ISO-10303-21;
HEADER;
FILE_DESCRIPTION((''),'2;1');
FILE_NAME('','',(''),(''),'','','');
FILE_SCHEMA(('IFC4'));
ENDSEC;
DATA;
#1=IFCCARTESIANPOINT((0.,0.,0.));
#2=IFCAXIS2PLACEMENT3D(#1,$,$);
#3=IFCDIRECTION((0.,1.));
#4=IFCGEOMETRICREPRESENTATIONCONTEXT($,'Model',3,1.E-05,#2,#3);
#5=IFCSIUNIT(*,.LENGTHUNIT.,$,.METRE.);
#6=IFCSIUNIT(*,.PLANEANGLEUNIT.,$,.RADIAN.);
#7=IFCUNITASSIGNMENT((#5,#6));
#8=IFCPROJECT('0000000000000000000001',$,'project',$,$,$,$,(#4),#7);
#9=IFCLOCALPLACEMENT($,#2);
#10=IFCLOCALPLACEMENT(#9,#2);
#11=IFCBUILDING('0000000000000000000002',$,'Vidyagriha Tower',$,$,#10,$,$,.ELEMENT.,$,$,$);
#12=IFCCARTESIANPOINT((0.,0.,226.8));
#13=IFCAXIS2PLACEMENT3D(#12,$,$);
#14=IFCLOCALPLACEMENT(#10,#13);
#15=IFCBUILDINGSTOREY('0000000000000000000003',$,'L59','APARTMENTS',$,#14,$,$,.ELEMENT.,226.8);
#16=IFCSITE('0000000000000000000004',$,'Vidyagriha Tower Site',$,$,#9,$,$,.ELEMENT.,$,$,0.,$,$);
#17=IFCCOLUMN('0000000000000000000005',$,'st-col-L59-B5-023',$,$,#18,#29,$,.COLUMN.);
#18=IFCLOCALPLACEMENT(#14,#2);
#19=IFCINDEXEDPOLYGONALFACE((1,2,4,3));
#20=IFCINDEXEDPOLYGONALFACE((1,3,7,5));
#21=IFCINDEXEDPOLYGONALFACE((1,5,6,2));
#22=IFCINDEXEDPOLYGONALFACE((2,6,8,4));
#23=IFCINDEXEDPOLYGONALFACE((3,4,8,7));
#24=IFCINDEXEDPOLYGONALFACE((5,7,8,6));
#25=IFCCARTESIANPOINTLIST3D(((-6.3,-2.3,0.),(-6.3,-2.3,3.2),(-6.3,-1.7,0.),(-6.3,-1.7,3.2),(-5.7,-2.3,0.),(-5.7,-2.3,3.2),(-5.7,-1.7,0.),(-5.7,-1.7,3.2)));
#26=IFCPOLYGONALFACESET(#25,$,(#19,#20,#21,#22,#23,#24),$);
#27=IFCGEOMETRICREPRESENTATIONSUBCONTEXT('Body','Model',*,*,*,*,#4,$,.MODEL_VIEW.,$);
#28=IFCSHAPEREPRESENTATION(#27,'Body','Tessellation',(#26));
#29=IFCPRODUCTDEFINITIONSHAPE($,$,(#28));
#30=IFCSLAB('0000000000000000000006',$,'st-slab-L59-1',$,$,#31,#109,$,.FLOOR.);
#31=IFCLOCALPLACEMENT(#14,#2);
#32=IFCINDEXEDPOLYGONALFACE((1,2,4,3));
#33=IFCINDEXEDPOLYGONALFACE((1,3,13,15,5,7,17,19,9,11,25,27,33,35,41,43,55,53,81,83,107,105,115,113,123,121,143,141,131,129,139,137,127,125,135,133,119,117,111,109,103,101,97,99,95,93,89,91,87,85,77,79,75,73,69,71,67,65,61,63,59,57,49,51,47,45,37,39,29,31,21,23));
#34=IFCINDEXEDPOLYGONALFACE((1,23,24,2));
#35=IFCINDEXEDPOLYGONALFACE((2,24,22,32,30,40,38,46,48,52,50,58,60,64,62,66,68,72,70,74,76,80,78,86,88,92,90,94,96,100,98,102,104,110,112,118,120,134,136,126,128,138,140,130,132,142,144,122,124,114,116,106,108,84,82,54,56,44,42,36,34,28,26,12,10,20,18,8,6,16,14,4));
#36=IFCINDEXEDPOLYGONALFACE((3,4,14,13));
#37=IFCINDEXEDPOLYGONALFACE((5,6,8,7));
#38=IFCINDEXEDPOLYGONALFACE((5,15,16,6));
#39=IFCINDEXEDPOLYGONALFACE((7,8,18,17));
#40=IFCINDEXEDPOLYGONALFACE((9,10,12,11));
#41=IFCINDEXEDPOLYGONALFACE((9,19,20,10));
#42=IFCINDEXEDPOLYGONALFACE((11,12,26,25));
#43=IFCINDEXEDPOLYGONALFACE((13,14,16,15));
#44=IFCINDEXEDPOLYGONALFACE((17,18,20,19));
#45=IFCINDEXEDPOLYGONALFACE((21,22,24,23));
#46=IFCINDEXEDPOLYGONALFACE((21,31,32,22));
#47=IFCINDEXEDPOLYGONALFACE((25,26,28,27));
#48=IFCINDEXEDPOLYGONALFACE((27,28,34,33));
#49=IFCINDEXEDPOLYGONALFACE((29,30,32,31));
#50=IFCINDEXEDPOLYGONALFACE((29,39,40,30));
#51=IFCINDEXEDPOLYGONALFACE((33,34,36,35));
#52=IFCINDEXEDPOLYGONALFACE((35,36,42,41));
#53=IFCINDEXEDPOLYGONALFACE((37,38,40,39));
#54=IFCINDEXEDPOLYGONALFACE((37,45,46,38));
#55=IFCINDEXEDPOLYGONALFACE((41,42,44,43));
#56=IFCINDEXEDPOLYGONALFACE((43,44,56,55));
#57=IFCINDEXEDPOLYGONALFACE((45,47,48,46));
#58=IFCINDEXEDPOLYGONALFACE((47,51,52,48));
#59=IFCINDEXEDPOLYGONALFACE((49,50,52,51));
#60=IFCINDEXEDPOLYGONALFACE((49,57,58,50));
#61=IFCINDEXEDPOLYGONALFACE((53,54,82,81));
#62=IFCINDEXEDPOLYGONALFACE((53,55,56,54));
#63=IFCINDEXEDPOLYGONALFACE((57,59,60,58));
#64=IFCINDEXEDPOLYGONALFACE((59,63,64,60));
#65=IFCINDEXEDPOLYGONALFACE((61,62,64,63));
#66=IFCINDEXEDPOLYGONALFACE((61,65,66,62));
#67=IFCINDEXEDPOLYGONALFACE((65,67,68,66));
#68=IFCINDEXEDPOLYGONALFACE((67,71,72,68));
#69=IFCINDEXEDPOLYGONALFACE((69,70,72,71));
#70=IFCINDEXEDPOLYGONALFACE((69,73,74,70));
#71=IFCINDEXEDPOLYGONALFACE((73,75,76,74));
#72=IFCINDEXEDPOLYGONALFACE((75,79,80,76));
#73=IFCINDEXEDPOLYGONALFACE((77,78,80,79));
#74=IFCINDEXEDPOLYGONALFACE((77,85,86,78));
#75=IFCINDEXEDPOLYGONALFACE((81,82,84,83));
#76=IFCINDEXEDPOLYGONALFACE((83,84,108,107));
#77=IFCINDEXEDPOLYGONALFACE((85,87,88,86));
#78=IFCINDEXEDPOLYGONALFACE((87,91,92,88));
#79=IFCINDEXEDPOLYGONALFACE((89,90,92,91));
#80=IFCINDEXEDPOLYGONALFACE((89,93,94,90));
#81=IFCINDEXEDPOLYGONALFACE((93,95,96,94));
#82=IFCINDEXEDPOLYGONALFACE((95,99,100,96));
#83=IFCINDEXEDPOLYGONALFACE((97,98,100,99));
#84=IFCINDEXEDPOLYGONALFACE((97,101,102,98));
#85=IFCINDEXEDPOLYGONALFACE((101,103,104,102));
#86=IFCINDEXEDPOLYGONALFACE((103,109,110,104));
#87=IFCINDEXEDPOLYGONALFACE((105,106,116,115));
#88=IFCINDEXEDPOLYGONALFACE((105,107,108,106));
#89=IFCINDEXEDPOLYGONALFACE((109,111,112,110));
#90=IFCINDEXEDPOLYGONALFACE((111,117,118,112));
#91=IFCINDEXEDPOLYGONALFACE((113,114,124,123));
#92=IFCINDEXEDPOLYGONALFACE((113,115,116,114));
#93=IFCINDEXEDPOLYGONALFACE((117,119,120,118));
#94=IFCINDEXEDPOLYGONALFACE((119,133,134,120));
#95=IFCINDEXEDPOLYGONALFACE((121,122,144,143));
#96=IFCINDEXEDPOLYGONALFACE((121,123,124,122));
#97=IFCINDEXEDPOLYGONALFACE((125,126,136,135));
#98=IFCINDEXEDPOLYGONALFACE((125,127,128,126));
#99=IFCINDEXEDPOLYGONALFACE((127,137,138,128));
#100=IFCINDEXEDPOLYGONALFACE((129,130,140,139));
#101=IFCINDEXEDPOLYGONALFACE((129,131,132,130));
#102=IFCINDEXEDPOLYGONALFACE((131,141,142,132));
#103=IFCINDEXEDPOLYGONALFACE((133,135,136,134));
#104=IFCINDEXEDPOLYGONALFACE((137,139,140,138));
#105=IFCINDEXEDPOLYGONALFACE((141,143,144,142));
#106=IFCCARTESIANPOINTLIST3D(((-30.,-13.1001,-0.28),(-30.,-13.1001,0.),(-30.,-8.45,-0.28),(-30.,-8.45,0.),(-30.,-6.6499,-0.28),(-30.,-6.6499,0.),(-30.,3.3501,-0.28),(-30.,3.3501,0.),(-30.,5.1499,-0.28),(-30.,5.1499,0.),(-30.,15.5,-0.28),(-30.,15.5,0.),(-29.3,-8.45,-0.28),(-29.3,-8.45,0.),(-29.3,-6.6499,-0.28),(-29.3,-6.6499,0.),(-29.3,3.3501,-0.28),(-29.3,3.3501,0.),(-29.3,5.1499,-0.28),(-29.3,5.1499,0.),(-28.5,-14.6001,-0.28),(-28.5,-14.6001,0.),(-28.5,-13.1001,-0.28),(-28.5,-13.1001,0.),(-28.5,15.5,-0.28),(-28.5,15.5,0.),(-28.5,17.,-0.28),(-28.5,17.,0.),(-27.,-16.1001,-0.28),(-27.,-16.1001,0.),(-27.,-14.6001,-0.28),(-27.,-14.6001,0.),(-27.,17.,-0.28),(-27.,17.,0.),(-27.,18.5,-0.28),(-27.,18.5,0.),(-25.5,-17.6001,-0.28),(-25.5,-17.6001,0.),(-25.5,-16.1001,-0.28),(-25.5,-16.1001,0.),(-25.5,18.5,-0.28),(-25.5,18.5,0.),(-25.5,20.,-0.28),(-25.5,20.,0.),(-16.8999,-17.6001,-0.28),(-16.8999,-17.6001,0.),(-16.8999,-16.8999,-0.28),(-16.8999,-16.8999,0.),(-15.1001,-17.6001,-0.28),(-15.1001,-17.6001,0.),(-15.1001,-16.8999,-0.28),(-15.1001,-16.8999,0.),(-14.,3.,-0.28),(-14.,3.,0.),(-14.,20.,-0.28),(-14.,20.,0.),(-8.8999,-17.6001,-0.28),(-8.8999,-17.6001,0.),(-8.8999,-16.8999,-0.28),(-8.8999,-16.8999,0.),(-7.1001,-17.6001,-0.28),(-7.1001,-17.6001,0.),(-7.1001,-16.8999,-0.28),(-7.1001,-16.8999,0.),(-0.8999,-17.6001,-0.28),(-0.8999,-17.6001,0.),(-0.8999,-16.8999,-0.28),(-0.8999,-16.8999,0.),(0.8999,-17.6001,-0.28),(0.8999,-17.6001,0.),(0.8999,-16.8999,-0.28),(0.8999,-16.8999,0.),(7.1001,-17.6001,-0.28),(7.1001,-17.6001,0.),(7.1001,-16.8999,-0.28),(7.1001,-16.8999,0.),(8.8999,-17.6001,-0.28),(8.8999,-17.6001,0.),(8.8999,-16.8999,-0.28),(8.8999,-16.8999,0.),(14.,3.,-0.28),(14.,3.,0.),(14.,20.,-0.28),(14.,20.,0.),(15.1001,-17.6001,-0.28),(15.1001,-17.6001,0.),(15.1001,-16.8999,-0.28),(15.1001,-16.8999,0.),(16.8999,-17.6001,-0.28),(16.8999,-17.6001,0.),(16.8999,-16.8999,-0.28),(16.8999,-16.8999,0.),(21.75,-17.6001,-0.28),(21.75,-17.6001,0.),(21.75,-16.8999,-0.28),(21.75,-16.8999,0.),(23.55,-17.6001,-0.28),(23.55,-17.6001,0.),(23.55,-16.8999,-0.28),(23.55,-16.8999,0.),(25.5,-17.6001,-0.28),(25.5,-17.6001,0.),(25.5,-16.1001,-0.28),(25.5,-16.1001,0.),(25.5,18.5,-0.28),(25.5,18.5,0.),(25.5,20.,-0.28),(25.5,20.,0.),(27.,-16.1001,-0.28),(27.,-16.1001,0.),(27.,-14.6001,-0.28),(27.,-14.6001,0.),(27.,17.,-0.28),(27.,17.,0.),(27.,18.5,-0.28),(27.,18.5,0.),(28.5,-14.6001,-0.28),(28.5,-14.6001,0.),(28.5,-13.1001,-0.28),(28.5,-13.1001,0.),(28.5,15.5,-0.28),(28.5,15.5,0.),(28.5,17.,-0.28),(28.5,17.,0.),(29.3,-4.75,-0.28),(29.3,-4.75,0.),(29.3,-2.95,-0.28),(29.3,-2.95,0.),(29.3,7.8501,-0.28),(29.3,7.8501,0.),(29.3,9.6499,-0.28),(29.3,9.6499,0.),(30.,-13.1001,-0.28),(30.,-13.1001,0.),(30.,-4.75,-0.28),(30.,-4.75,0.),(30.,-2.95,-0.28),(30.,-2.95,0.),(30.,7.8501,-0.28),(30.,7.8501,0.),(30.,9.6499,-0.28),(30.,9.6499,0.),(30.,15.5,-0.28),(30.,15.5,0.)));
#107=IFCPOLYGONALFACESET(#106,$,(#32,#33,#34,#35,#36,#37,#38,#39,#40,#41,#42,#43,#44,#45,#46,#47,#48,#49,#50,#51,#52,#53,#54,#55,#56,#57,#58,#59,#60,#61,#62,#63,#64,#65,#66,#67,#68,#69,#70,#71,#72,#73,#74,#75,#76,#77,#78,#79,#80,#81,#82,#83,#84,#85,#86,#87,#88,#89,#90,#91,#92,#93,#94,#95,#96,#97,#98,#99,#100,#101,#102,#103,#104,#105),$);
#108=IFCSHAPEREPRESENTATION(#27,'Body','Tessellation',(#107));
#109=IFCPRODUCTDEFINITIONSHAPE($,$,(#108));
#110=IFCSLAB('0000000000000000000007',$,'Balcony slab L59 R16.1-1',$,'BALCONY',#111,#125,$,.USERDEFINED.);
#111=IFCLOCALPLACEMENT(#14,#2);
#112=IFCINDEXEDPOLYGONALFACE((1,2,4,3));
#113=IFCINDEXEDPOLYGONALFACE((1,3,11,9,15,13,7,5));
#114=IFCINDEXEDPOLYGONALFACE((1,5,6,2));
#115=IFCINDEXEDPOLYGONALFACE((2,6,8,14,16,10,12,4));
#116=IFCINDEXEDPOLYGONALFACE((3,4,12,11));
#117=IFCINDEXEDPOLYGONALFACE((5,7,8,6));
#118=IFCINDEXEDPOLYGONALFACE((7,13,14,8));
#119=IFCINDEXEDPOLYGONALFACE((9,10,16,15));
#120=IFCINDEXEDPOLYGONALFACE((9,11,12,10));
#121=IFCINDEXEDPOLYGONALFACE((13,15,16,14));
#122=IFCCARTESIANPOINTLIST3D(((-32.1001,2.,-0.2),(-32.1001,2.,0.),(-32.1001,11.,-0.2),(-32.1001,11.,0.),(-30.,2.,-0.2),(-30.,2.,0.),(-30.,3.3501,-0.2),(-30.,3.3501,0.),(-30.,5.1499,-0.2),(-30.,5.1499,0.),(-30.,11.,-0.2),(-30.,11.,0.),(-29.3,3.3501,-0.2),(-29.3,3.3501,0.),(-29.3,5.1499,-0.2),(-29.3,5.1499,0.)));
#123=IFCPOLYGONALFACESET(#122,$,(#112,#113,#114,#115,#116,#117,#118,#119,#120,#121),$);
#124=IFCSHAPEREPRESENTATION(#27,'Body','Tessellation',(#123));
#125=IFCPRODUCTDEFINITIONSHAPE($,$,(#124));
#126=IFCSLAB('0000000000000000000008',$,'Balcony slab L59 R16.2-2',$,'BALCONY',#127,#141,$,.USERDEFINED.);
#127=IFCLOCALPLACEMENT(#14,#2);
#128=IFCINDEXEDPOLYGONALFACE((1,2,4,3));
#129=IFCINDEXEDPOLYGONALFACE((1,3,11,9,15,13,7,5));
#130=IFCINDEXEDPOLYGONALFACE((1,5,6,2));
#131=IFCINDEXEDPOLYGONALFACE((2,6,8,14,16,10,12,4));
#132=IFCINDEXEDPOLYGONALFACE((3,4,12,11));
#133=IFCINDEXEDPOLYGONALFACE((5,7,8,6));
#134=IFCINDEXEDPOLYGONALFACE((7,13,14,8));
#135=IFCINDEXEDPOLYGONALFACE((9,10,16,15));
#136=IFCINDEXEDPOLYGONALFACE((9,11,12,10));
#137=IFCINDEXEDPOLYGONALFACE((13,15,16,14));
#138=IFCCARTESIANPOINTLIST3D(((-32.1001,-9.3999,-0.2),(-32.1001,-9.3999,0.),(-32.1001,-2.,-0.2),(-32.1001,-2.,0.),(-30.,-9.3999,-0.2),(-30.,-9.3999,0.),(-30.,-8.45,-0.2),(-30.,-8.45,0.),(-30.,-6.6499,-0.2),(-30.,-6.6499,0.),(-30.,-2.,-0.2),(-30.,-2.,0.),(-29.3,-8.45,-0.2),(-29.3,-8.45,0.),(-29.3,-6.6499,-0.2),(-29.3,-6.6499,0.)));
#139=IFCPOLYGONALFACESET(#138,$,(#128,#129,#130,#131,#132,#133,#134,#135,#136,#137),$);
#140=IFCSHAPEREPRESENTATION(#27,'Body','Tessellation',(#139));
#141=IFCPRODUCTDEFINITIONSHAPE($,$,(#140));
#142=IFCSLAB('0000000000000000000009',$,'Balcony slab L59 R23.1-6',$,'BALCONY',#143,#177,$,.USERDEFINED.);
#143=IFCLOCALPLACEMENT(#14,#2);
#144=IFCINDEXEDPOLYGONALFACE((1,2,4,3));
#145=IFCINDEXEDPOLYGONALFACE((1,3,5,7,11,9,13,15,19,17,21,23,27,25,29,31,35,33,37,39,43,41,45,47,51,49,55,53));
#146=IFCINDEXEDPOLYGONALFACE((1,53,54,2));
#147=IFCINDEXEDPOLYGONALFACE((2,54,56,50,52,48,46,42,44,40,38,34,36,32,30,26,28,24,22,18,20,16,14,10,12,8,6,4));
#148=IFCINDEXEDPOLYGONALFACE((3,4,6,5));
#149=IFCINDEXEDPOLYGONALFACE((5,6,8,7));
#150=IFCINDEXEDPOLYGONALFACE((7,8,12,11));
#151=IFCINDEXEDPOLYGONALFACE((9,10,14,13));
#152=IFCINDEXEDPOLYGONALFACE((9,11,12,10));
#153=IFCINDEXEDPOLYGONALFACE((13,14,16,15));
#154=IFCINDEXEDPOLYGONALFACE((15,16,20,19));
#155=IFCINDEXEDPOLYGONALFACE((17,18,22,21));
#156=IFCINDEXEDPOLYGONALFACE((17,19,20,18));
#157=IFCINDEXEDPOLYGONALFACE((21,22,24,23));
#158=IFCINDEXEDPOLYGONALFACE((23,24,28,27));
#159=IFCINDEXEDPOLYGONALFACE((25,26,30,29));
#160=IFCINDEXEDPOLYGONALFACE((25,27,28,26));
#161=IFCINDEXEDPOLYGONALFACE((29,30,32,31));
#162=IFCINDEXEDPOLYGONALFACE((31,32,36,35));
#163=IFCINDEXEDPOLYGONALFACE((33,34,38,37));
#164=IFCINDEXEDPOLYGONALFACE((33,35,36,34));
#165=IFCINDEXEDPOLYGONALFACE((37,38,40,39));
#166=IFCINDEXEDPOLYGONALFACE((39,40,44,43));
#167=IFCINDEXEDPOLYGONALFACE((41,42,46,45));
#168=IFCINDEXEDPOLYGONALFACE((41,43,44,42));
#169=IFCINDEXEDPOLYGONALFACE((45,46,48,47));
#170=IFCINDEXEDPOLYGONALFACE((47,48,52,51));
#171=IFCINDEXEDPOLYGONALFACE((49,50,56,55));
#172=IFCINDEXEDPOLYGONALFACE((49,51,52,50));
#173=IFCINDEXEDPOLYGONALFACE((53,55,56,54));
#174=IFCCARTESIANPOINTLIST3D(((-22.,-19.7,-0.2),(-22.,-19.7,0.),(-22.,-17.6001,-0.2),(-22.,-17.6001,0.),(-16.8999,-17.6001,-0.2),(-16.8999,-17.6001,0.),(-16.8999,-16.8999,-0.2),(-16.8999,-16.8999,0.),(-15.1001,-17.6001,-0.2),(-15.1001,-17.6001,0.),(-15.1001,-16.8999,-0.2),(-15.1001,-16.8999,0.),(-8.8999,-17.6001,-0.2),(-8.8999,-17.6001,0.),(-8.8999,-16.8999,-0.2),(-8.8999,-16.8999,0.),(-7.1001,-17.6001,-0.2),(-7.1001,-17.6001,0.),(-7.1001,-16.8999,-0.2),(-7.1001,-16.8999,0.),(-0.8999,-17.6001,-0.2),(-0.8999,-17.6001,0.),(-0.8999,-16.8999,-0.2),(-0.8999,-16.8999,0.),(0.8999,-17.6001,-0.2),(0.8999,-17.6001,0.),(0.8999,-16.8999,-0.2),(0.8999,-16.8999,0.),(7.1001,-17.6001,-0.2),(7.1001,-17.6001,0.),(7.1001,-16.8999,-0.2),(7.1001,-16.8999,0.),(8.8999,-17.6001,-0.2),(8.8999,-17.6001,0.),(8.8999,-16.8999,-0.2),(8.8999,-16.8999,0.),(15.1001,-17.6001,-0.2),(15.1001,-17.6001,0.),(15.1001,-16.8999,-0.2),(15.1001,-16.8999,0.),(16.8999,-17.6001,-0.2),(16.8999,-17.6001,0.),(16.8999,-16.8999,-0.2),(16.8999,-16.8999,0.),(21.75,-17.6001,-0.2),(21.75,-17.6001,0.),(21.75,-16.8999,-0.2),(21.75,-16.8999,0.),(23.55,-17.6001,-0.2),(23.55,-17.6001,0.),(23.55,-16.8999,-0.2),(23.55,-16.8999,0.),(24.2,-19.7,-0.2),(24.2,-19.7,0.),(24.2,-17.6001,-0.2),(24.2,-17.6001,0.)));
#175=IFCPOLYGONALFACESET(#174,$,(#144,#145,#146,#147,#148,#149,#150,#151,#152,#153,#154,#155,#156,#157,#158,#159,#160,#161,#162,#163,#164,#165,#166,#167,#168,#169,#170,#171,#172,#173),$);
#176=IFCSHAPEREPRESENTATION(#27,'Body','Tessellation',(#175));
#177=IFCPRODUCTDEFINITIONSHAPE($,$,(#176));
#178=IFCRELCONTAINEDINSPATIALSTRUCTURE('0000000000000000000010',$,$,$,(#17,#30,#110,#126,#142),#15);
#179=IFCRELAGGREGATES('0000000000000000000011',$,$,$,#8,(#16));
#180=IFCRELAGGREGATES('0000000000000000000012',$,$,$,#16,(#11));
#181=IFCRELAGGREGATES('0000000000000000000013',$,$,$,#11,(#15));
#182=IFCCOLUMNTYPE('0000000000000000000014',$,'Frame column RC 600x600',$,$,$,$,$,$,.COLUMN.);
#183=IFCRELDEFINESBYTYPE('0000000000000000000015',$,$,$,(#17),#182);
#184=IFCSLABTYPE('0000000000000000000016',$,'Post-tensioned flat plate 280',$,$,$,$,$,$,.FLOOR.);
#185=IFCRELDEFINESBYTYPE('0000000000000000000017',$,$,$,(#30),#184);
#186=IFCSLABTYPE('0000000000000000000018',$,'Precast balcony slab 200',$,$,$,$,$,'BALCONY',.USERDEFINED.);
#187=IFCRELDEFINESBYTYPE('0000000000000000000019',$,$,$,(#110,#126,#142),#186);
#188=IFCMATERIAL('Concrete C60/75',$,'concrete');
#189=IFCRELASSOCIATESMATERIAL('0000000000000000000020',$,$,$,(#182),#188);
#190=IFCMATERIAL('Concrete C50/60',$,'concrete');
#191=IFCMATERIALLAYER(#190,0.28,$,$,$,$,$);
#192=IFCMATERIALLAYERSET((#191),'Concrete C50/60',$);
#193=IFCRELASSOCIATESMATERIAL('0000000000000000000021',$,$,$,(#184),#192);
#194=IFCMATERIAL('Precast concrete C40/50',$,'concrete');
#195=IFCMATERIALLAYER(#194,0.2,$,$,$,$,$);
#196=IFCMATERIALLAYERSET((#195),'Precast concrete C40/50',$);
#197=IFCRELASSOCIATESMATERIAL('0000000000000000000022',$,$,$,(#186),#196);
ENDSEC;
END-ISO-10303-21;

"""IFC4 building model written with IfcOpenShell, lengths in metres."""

from ifc_helpers import new_model, si_unit, direction, frame, origin, origin_2d, place, context, subcontext, project, spatial, polyline, rectangle, outline, extrude, material, layer, layer_set, material_profile, profile_set, type_object, element, save


model = new_model("IFC4")

# Units and contexts
model_context = context("Model", 3, precision=1e-05, world=origin(), true_north=direction((0.0, 1.0)))
body_context = subcontext(model_context, "Body", "Model", "MODEL_VIEW")
ifc_project = project(units=[si_unit("LENGTHUNIT", "METRE"), si_unit("PLANEANGLEUNIT", "RADIAN")], contexts=[model_context])

# Site, building, storey
site_placement = place(None, origin())
site = spatial("IfcSite", under=ifc_project, at=site_placement, Name="Vidyagriha Tower Site", CompositionType="ELEMENT", RefElevation=0.0)
building_placement = place(site_placement, origin())
building = spatial("IfcBuilding", under=site, at=building_placement, Name="Vidyagriha Tower", CompositionType="ELEMENT")
storey_placement = place(building_placement, frame((0.0, 0.0, 226.8)))
storey = spatial("IfcBuildingStorey", under=building, at=storey_placement, Name="L59", Description="APARTMENTS", CompositionType="ELEMENT", Elevation=226.8)

# Column
ifc_material_1 = material(Name="Concrete C60/75", Category="concrete")
ifc_material_profile = material_profile(ifc_material_1, rectangle(XDim=0.6001, YDim=0.6001, at=origin_2d()), Name="RC 600x600")
ifc_profile_set = profile_set([ifc_material_profile], Name="Concrete C60/75")
column_type = type_object("IfcColumnType", Name="Frame column RC 600x600", PredefinedType="COLUMN", material=ifc_profile_set)
column_placement = place(storey_placement, frame((-6.0, -2.0, 0.0)))
element("IfcColumn", 1, at=column_placement, inside=storey, type_object=column_type, Name="st-col-L59-B5-023", PredefinedType="COLUMN", context=body_context, shape_type="SweptSolid", body=[
    extrude(rectangle(XDim=0.6001, YDim=0.6001, at=origin_2d()), origin(), (0.0, 0.0, 1.0), 3.2),
])

# Slabs
ifc_material_2 = material(Name="Concrete C50/60", Category="concrete")
ifc_layer_1 = layer(ifc_material_2, 0.28)
ifc_layer_set_1 = layer_set([ifc_layer_1], Name="Concrete C50/60")
slab_type_1 = type_object("IfcSlabType", Name="Post-tensioned flat plate 280", PredefinedType="FLOOR", material=ifc_layer_set_1)
slab_1_placement = place(storey_placement, frame((0.0, 0.0, -0.28)))
element("IfcSlab", 2, at=slab_1_placement, inside=storey, type_object=slab_type_1, Name="st-slab-L59-1", PredefinedType="FLOOR", context=body_context, shape_type="SweptSolid", body=[
    extrude(outline(polyline([(28.5, -14.6001), (27.0, -14.6001), (27.0, -16.1001), (25.5, -16.1001), (25.5, -17.6001), (23.55, -17.6001), (23.55, -16.8999), (21.75, -16.8999), (21.75, -17.6001), (16.8999, -17.6001), (16.8999, -16.8999), (15.1001, -16.8999), (15.1001, -17.6001), (8.8999, -17.6001), (8.8999, -16.8999), (7.1001, -16.8999), (7.1001, -17.6001), (0.8999, -17.6001), (0.8999, -16.8999), (-0.8999, -16.8999), (-0.8999, -17.6001), (-7.1001, -17.6001), (-7.1001, -16.8999), (-8.8999, -16.8999), (-8.8999, -17.6001), (-15.1001, -17.6001), (-15.1001, -16.8999), (-16.8999, -16.8999), (-16.8999, -17.6001), (-25.5, -17.6001), (-25.5, -16.1001), (-27.0, -16.1001), (-27.0, -14.6001), (-28.5, -14.6001), (-28.5, -13.1001), (-30.0, -13.1001), (-30.0, -8.45), (-29.3, -8.45), (-29.3, -6.6499), (-30.0, -6.6499), (-30.0, 3.3501), (-29.3, 3.3501), (-29.3, 5.1499), (-30.0, 5.1499), (-30.0, 15.5), (-28.5, 15.5), (-28.5, 17.0), (-27.0, 17.0), (-27.0, 18.5), (-25.5, 18.5), (-25.5, 20.0), (-14.0, 20.0), (-14.0, 3.0), (14.0, 3.0), (14.0, 20.0), (25.5, 20.0), (25.5, 18.5), (27.0, 18.5), (27.0, 17.0), (28.5, 17.0), (28.5, 15.5), (30.0, 15.5), (30.0, 9.6499), (29.3, 9.6499), (29.3, 7.8501), (30.0, 7.8501), (30.0, -2.95), (29.3, -2.95), (29.3, -4.75), (30.0, -4.75), (30.0, -13.1001), (28.5, -13.1001), (28.5, -14.6001)])), origin(), (0.0, 0.0, 1.0), 0.28),
])
ifc_material_3 = material(Name="Precast concrete C40/50", Category="concrete")
ifc_layer_2 = layer(ifc_material_3, 0.2)
ifc_layer_set_2 = layer_set([ifc_layer_2], Name="Precast concrete C40/50")
slab_type_2 = type_object("IfcSlabType", Name="Precast balcony slab 200", ElementType="BALCONY", PredefinedType="USERDEFINED", material=ifc_layer_set_2)
slab_2_placement = place(storey_placement, frame((0.0, 0.0, -0.2)))
element("IfcSlab", 3, at=slab_2_placement, inside=storey, type_object=slab_type_2, Name="Balcony slab L59 R16.1-1", ObjectType="BALCONY", PredefinedType="USERDEFINED", context=body_context, shape_type="SweptSolid", body=[
    extrude(outline(polyline([(-29.3, 3.3501), (-29.3, 5.1499), (-30.0, 5.1499), (-30.0, 11.0), (-32.1001, 11.0), (-32.1001, 2.0), (-30.0, 2.0), (-30.0, 3.3501), (-29.3, 3.3501)])), origin(), (0.0, 0.0, 1.0), 0.2),
])
slab_3_placement = place(storey_placement, frame((0.0, 0.0, -0.2)))
element("IfcSlab", 4, at=slab_3_placement, inside=storey, type_object=slab_type_2, Name="Balcony slab L59 R16.2-2", ObjectType="BALCONY", PredefinedType="USERDEFINED", context=body_context, shape_type="SweptSolid", body=[
    extrude(outline(polyline([(-29.3, -8.45), (-29.3, -6.6499), (-30.0, -6.6499), (-30.0, -2.0), (-32.1001, -2.0), (-32.1001, -9.3999), (-30.0, -9.3999), (-30.0, -8.45), (-29.3, -8.45)])), origin(), (0.0, 0.0, 1.0), 0.2),
])
slab_4_placement = place(storey_placement, frame((0.0, 0.0, -0.2)))
element("IfcSlab", 5, at=slab_4_placement, inside=storey, type_object=slab_type_2, Name="Balcony slab L59 R23.1-6", ObjectType="BALCONY", PredefinedType="USERDEFINED", context=body_context, shape_type="SweptSolid", body=[
    extrude(outline(polyline([(-16.8999, -16.8999), (-16.8999, -17.6001), (-22.0, -17.6001), (-22.0, -19.7), (24.2, -19.7), (24.2, -17.6001), (23.55, -17.6001), (23.55, -16.8999), (21.75, -16.8999), (21.75, -17.6001), (16.8999, -17.6001), (16.8999, -16.8999), (15.1001, -16.8999), (15.1001, -17.6001), (8.8999, -17.6001), (8.8999, -16.8999), (7.1001, -16.8999), (7.1001, -17.6001), (0.8999, -17.6001), (0.8999, -16.8999), (-0.8999, -16.8999), (-0.8999, -17.6001), (-7.1001, -17.6001), (-7.1001, -16.8999), (-8.8999, -16.8999), (-8.8999, -17.6001), (-15.1001, -17.6001), (-15.1001, -16.8999), (-16.8999, -16.8999)])), origin(), (0.0, 0.0, 1.0), 0.2),
])

save(model, "model.ifc")
